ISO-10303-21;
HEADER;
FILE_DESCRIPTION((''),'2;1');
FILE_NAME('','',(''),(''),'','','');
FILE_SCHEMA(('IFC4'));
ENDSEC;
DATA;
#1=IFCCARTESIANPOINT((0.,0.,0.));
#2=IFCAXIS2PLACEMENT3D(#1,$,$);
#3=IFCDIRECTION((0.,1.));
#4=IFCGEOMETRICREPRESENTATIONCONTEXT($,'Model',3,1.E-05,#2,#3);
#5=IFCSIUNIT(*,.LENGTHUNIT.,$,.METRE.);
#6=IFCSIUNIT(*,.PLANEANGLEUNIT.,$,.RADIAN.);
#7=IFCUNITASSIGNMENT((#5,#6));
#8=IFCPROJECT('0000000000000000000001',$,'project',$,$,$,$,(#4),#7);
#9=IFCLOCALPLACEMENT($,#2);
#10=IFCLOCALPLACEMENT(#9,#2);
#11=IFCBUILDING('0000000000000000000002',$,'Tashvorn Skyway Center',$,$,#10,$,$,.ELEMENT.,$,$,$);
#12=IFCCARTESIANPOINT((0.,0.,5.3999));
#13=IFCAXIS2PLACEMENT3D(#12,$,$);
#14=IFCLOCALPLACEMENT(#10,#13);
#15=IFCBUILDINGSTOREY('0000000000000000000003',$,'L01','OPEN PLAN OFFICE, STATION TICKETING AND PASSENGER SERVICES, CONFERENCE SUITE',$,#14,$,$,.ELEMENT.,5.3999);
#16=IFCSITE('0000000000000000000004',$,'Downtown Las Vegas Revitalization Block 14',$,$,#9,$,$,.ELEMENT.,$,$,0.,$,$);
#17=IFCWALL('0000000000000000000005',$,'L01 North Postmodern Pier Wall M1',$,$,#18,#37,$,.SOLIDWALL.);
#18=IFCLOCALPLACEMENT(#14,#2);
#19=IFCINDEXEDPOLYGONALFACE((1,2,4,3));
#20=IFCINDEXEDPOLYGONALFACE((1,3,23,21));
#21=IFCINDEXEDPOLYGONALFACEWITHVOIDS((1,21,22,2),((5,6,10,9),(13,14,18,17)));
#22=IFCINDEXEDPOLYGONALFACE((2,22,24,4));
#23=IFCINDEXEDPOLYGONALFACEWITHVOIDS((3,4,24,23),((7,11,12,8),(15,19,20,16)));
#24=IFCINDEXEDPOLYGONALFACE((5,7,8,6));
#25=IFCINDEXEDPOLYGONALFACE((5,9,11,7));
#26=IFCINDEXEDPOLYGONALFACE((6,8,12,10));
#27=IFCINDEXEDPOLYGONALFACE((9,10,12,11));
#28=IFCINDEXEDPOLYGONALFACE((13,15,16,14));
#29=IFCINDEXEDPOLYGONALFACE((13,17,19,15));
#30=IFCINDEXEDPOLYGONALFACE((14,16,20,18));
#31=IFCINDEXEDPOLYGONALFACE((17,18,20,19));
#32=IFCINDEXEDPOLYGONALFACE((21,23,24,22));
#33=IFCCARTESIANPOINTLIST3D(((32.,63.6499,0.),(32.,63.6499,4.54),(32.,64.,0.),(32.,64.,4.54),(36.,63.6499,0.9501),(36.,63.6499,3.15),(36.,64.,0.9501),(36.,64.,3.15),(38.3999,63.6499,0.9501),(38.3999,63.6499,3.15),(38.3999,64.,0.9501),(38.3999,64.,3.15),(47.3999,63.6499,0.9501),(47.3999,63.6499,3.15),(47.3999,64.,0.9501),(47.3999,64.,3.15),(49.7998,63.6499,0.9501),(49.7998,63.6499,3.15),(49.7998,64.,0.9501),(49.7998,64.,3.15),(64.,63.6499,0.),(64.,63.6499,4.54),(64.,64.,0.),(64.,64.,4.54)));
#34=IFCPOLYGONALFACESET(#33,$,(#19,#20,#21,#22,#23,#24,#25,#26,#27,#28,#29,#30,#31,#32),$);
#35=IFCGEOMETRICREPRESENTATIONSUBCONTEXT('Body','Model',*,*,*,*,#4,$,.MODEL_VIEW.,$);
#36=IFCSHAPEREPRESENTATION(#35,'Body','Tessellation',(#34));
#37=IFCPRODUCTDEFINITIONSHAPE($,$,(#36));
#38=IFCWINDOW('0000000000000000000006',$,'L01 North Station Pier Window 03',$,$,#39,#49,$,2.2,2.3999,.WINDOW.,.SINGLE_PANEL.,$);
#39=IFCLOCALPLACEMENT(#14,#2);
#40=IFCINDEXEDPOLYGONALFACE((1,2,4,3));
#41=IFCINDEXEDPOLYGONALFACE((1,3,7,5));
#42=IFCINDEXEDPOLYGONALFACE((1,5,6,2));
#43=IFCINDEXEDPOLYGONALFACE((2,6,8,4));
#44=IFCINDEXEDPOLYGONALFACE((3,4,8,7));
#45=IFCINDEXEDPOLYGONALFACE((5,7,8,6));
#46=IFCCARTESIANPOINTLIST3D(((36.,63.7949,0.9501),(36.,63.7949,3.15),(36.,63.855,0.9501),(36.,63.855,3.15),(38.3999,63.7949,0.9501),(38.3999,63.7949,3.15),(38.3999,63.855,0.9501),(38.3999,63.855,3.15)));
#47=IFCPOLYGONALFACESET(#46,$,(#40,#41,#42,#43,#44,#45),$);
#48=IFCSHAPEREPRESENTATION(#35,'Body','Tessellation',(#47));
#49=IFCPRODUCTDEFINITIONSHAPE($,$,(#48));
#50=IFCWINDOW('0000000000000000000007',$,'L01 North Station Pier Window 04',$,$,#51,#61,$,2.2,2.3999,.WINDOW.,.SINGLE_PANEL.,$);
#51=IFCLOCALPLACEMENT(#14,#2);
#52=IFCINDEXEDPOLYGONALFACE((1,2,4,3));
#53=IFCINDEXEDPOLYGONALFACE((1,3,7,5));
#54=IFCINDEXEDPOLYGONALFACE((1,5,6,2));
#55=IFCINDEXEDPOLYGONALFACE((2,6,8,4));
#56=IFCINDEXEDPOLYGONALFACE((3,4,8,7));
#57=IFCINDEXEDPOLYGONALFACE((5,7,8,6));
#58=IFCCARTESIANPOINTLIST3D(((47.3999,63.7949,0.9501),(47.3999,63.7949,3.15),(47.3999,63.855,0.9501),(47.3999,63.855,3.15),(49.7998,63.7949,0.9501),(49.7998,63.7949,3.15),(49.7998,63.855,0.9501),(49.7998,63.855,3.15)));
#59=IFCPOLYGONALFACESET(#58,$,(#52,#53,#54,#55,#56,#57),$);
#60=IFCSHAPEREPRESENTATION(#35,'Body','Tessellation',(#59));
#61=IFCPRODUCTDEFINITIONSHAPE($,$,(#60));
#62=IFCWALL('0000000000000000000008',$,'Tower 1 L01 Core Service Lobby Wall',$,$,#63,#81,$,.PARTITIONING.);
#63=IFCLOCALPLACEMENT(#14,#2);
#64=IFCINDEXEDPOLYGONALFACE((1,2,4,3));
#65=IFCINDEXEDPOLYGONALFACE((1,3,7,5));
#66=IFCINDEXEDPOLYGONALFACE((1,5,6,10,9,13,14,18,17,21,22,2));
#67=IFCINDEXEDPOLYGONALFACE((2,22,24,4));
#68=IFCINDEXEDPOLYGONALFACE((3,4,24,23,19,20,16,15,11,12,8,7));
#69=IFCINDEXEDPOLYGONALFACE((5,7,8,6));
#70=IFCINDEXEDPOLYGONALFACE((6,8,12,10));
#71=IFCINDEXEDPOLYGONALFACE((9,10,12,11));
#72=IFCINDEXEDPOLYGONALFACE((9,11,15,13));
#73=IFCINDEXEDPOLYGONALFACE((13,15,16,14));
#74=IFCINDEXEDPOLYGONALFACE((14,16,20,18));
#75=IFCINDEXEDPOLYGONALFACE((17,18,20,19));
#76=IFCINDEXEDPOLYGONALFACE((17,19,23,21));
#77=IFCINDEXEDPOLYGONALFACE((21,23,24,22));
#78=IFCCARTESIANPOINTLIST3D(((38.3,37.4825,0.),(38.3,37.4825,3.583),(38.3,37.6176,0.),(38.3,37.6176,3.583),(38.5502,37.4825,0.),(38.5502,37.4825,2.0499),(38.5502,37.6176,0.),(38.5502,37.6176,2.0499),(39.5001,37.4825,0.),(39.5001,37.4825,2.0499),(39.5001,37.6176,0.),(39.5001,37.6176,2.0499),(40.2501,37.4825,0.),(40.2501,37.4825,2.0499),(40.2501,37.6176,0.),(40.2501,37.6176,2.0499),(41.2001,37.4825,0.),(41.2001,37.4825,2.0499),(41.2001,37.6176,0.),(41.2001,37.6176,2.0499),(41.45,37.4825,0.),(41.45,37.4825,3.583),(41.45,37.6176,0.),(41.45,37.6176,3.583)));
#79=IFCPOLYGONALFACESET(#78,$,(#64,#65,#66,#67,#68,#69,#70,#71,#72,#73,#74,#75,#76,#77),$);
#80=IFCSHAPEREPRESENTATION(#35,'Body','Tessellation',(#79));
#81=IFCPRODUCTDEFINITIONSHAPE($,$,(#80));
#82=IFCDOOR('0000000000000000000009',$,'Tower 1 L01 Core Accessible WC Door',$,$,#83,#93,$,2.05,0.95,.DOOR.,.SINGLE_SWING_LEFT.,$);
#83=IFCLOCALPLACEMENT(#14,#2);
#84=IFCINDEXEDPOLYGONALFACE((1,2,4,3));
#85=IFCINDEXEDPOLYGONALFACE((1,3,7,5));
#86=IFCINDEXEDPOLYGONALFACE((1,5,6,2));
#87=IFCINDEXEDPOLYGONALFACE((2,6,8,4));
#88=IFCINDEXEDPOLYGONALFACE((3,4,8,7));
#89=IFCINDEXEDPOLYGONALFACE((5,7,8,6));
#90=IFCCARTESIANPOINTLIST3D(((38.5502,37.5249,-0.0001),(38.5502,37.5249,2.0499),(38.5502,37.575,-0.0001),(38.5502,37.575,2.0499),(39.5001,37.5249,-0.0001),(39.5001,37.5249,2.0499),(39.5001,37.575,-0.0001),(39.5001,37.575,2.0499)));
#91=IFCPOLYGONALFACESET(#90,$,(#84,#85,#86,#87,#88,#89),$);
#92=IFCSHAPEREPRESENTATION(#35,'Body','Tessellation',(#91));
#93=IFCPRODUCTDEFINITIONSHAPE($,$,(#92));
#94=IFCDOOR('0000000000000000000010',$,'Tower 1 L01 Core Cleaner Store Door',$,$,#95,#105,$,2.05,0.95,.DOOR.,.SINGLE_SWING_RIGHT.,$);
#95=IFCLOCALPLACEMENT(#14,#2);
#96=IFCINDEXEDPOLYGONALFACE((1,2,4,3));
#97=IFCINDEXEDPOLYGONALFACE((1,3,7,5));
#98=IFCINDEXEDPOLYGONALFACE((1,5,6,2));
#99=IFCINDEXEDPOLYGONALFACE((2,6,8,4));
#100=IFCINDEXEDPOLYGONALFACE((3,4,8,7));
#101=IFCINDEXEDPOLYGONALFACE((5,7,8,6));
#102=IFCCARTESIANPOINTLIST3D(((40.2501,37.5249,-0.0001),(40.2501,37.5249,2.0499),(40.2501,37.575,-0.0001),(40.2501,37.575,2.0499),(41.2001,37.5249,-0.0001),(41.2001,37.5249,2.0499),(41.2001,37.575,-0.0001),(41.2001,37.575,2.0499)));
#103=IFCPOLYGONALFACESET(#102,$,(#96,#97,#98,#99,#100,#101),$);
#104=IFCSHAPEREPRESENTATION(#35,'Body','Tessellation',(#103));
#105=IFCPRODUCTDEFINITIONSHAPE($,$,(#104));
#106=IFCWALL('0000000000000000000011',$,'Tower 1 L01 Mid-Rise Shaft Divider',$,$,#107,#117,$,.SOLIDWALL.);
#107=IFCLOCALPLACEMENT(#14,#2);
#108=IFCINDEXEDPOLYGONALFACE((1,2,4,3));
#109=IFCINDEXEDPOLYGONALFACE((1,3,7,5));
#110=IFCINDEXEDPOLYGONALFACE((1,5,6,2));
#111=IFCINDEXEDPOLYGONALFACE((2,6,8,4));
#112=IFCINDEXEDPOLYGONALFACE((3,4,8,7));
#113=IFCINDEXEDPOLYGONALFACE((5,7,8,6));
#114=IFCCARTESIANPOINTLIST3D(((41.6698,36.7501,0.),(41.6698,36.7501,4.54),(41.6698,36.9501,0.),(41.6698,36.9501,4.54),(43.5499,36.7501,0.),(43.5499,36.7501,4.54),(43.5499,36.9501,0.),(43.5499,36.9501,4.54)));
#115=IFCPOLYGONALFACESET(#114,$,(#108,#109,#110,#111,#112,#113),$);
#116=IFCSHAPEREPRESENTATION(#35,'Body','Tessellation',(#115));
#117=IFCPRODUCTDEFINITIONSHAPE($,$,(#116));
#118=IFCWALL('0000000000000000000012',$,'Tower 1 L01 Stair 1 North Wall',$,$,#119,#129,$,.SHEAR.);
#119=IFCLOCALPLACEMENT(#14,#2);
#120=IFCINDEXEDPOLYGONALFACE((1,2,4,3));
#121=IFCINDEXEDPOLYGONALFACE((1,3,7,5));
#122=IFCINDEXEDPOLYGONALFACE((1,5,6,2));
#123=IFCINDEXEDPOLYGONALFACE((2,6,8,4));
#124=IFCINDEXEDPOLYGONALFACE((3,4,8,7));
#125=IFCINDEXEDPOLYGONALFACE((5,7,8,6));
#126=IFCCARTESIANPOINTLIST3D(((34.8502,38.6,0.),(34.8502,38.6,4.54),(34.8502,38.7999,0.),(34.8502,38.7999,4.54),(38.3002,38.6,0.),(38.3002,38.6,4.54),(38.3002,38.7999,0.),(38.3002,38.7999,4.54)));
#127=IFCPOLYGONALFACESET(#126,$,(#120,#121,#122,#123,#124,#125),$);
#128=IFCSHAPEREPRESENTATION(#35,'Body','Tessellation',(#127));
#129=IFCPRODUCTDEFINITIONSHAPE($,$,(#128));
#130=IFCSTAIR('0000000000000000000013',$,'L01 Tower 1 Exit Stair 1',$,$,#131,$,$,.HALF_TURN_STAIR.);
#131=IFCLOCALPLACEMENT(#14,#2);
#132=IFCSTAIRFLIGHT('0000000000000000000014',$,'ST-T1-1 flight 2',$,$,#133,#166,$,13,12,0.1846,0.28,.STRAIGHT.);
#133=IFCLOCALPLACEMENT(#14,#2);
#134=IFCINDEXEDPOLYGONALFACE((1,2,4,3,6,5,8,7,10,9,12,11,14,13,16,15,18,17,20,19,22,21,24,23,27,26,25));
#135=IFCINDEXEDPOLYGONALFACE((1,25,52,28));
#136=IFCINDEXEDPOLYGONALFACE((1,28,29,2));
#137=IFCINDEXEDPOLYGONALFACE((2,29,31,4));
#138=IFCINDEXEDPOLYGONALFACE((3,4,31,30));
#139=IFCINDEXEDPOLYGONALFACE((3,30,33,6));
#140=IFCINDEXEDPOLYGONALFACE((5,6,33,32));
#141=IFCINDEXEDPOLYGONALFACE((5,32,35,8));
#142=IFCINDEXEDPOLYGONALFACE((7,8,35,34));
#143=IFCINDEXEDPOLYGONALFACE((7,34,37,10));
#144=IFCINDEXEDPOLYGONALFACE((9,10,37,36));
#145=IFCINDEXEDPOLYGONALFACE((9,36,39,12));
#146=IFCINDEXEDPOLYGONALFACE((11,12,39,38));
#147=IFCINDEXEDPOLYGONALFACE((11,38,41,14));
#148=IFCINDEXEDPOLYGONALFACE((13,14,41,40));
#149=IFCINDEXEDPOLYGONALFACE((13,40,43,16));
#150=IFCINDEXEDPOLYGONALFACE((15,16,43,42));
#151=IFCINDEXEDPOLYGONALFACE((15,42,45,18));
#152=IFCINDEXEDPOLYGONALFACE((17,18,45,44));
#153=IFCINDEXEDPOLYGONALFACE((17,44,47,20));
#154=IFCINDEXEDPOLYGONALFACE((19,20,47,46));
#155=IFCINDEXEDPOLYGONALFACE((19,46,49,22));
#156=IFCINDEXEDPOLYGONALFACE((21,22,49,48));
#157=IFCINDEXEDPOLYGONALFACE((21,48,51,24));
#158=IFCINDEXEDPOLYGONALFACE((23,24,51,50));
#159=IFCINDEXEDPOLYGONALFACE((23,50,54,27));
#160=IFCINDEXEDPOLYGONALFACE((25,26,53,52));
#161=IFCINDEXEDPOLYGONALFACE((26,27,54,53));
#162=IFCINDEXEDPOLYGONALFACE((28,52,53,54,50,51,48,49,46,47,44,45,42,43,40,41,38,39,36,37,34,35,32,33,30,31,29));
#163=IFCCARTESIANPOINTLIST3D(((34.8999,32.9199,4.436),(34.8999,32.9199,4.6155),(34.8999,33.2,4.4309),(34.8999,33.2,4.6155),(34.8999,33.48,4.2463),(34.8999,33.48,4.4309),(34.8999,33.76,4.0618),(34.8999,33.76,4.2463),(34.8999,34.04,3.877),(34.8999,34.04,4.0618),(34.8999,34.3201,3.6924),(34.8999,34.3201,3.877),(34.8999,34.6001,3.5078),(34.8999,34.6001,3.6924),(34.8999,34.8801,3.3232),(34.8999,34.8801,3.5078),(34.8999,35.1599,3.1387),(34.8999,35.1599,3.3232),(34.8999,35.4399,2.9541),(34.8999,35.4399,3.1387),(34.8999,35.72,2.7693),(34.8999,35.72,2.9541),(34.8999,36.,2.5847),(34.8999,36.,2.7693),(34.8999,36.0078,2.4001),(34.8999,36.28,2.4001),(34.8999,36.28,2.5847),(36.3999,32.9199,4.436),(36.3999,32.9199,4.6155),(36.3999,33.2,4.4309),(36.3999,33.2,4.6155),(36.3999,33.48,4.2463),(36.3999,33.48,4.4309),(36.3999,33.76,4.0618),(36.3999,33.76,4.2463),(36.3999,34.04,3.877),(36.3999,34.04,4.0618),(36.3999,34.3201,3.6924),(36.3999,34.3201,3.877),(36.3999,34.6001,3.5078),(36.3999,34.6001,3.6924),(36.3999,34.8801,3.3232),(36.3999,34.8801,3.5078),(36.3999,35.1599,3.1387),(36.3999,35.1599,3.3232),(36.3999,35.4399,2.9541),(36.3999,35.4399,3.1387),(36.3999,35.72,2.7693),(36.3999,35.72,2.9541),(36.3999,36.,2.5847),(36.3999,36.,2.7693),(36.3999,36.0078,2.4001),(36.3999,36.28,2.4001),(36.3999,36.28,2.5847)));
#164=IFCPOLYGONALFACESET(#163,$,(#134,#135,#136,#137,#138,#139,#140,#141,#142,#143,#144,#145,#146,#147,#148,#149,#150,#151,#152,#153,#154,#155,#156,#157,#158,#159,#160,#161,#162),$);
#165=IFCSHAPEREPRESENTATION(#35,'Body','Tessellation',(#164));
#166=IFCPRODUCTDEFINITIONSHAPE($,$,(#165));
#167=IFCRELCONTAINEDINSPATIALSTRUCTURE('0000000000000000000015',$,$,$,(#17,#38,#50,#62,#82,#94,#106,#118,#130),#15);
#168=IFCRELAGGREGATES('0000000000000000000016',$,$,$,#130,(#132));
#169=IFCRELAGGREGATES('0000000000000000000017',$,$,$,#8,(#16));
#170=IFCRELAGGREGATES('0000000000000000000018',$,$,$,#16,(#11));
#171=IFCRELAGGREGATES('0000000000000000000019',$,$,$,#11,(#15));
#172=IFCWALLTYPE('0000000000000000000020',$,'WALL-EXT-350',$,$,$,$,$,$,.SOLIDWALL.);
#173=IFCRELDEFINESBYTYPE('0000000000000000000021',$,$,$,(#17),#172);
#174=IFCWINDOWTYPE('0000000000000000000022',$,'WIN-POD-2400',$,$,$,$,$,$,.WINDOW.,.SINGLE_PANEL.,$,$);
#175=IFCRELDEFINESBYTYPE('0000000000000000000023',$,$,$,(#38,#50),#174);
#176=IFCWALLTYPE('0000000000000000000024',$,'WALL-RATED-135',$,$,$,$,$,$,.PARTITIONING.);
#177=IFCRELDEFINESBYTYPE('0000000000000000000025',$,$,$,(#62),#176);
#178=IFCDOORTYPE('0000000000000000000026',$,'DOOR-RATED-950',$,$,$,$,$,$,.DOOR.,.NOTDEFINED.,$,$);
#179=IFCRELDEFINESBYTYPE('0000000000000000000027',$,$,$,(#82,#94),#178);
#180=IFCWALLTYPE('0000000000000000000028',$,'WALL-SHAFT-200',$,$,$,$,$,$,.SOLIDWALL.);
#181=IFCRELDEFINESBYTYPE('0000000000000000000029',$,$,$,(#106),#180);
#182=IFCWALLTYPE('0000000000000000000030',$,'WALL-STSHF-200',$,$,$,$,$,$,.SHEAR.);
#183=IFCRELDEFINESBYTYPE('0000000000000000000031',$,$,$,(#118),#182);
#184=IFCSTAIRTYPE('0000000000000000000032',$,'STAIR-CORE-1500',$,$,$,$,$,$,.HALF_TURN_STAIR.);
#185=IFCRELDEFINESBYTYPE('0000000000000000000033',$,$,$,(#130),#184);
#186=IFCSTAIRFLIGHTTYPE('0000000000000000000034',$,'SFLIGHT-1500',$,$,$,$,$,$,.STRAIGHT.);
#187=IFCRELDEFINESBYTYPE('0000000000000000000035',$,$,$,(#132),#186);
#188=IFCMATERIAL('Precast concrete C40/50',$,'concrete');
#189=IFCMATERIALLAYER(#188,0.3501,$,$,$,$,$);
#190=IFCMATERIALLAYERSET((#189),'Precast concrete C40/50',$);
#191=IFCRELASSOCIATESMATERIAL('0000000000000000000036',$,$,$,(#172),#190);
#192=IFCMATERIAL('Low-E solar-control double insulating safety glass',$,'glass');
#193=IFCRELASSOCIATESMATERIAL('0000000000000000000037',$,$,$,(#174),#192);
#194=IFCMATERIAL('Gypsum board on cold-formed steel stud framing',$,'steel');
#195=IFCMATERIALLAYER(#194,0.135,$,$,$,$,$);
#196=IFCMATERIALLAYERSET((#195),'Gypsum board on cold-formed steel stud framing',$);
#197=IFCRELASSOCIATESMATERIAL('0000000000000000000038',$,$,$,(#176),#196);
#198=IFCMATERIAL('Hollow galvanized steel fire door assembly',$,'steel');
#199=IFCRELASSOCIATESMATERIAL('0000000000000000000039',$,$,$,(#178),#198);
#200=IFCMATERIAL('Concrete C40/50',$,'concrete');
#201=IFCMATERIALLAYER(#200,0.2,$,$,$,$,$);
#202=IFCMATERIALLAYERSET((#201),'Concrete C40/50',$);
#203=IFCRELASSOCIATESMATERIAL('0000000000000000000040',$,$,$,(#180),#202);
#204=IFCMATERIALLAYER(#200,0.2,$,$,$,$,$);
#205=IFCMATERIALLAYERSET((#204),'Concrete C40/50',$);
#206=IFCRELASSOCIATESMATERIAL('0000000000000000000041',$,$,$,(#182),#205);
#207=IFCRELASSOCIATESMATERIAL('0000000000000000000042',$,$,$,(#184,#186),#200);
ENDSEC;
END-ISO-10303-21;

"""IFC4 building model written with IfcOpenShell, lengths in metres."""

from ifc_helpers import new_model, si_unit, direction, frame, frame_2d, origin, place, context, subcontext, project, spatial, polyline, rectangle, outline, extrude, material, layer, layer_set, type_object, element, fill, aggregate, save


model = new_model("IFC4")

# Units and contexts
model_context = context("Model", 3, precision=1e-05, world=origin(), true_north=direction((0.0, 1.0)))
body_context = subcontext(model_context, "Body", "Model", "MODEL_VIEW")
ifc_project = project(units=[si_unit("LENGTHUNIT", "METRE"), si_unit("PLANEANGLEUNIT", "RADIAN")], contexts=[model_context])

# Site, building, storey
site_placement = place(None, origin())
site = spatial("IfcSite", under=ifc_project, at=site_placement, Name="Downtown Las Vegas Revitalization Block 14", CompositionType="ELEMENT", RefElevation=0.0)
building_placement = place(site_placement, origin())
building = spatial("IfcBuilding", under=site, at=building_placement, Name="Tashvorn Skyway Center", CompositionType="ELEMENT")
storey_placement = place(building_placement, frame((0.0, 0.0, 5.3999)))
storey = spatial("IfcBuildingStorey", under=building, at=storey_placement, Name="L01", Description="OPEN PLAN OFFICE, STATION TICKETING AND PASSENGER SERVICES, CONFERENCE SUITE", CompositionType="ELEMENT", Elevation=5.3999)

# Shared definitions
ifc_material_1 = material(Name="Precast concrete C40/50", Category="concrete")

# Shared definitions
ifc_material_2 = material(Name="Hollow galvanized steel fire door assembly", Category="steel")

# Wall, openings, windows
ifc_layer_1 = layer(ifc_material_1, 0.3501)
ifc_layer_set_1 = layer_set([ifc_layer_1], Name="Precast concrete C40/50")
wall_type_1 = type_object("IfcWallType", Name="WALL-EXT-350", PredefinedType="SOLIDWALL", material=ifc_layer_set_1)
wall_1_placement = place(storey_placement, frame((32.0, 63.825, 0.0), z_axis=(0.0, 0.0, 1.0), x_axis=(1.0, 0.0, 0.0)))
wall_1 = element("IfcWall", 1, at=wall_1_placement, inside=storey, type_object=wall_type_1, Name="L01 North Postmodern Pier Wall M1", PredefinedType="SOLIDWALL", context=body_context, shape_type="SweptSolid", body=[
    extrude(rectangle(XDim=32.0, YDim=0.3501, at=frame_2d((16.0, 0.0))), origin(), (0.0, 0.0, 1.0), 4.54),
])
opening_1_placement = place(wall_1_placement, frame((4.0, 0.0, 0.95)))
opening_1 = element("IfcOpeningElement", 2, at=opening_1_placement, cuts=wall_1, PredefinedType="OPENING", context=body_context, shape_type="SweptSolid", body=[
    extrude(rectangle(XDim=2.3999, YDim=2.2, at=frame_2d((1.2, 1.1001))), frame((0.0, 0.1851, 0.0), z_axis=(0.0, -1.0, 0.0), x_axis=(1.0, 0.0, 0.0)), (0.0, 0.0, 1.0), 0.3701),
])
opening_2_placement = place(wall_1_placement, frame((15.3999, 0.0, 0.95)))
opening_2 = element("IfcOpeningElement", 3, at=opening_2_placement, cuts=wall_1, PredefinedType="OPENING", context=body_context, shape_type="SweptSolid", body=[
    extrude(rectangle(XDim=2.3999, YDim=2.2, at=frame_2d((1.2, 1.1001))), frame((0.0, 0.1851, 0.0), z_axis=(0.0, -1.0, 0.0), x_axis=(1.0, 0.0, 0.0)), (0.0, 0.0, 1.0), 0.3701),
])
ifc_material_3 = material(Name="Low-E solar-control double insulating safety glass", Category="glass")
window_type = type_object("IfcWindowType", Name="WIN-POD-2400", PartitioningType="SINGLE_PANEL", PredefinedType="WINDOW", material=ifc_material_3)
window_1_placement = place(opening_1_placement, origin())
window_1 = element("IfcWindow", 4, at=window_1_placement, inside=storey, type_object=window_type, Name="L01 North Station Pier Window 03", OverallHeight=2.2, OverallWidth=2.3999, PartitioningType="SINGLE_PANEL", PredefinedType="WINDOW", context=body_context, shape_type="SweptSolid", body=[
    extrude(rectangle(XDim=2.3999, YDim=2.2, at=frame_2d((1.2, 1.1001))), frame((0.0, 0.03, 0.0), z_axis=(0.0, -1.0, 0.0), x_axis=(1.0, 0.0, 0.0)), (0.0, 0.0, 1.0), 0.0601),
])
fill(opening_1, window_1)
window_2_placement = place(opening_2_placement, origin())
window_2 = element("IfcWindow", 5, at=window_2_placement, inside=storey, type_object=window_type, Name="L01 North Station Pier Window 04", OverallHeight=2.2, OverallWidth=2.3999, PartitioningType="SINGLE_PANEL", PredefinedType="WINDOW", context=body_context, shape_type="SweptSolid", body=[
    extrude(rectangle(XDim=2.3999, YDim=2.2, at=frame_2d((1.2, 1.1001))), frame((0.0, 0.03, 0.0), z_axis=(0.0, -1.0, 0.0), x_axis=(1.0, 0.0, 0.0)), (0.0, 0.0, 1.0), 0.0601),
])
fill(opening_2, window_2)

# Wall, openings, doors
ifc_material_4 = material(Name="Gypsum board on cold-formed steel stud framing", Category="steel")
ifc_layer_2 = layer(ifc_material_4, 0.135)
ifc_layer_set_2 = layer_set([ifc_layer_2], Name="Gypsum board on cold-formed steel stud framing")
wall_type_2 = type_object("IfcWallType", Name="WALL-RATED-135", PredefinedType="PARTITIONING", material=ifc_layer_set_2)
wall_2_placement = place(storey_placement, frame((38.3, 37.55, 0.0), z_axis=(0.0, 0.0, 1.0), x_axis=(1.0, 0.0, 0.0)))
wall_2 = element("IfcWall", 6, at=wall_2_placement, inside=storey, type_object=wall_type_2, Name="Tower 1 L01 Core Service Lobby Wall", PredefinedType="PARTITIONING", context=body_context, shape_type="SweptSolid", body=[
    extrude(rectangle(XDim=3.1499, YDim=0.135, at=frame_2d((1.575, 0.0))), origin(), (0.0, 0.0, 1.0), 3.583),
])
opening_3_placement = place(wall_2_placement, frame((0.25, 0.0, 0.0)))
opening_3 = element("IfcOpeningElement", 7, at=opening_3_placement, cuts=wall_2, PredefinedType="OPENING", context=body_context, shape_type="SweptSolid", body=[
    extrude(rectangle(XDim=0.95, YDim=2.05, at=frame_2d((0.4751, 1.0249))), frame((0.0, 0.0774, 0.0), z_axis=(0.0, -1.0, 0.0), x_axis=(1.0, 0.0, 0.0)), (0.0, 0.0, 1.0), 0.155),
])
opening_4_placement = place(wall_2_placement, frame((1.95, 0.0, 0.0)))
opening_4 = element("IfcOpeningElement", 8, at=opening_4_placement, cuts=wall_2, PredefinedType="OPENING", context=body_context, shape_type="SweptSolid", body=[
    extrude(rectangle(XDim=0.95, YDim=2.05, at=frame_2d((0.4751, 1.0249))), frame((0.0, 0.0774, 0.0), z_axis=(0.0, -1.0, 0.0), x_axis=(1.0, 0.0, 0.0)), (0.0, 0.0, 1.0), 0.155),
])
door_type_1 = type_object("IfcDoorType", Name="DOOR-RATED-950", OperationType="NOTDEFINED", PredefinedType="DOOR", material=ifc_material_2)
door_1_placement = place(opening_3_placement, origin())
door_1 = element("IfcDoor", 9, at=door_1_placement, inside=storey, type_object=door_type_1, Name="Tower 1 L01 Core Accessible WC Door", OperationType="SINGLE_SWING_LEFT", OverallHeight=2.05, OverallWidth=0.95, PredefinedType="DOOR", context=body_context, shape_type="SweptSolid", body=[
    extrude(rectangle(XDim=0.95, YDim=2.05, at=frame_2d((0.4751, 1.0249))), frame((0.0, 0.0249, 0.0), z_axis=(0.0, -1.0, 0.0), x_axis=(1.0, 0.0, 0.0)), (0.0, 0.0, 1.0), 0.05),
])
fill(opening_3, door_1)
door_2_placement = place(opening_4_placement, origin())
door_2 = element("IfcDoor", 10, at=door_2_placement, inside=storey, type_object=door_type_1, Name="Tower 1 L01 Core Cleaner Store Door", OperationType="SINGLE_SWING_RIGHT", OverallHeight=2.05, OverallWidth=0.95, PredefinedType="DOOR", context=body_context, shape_type="SweptSolid", body=[
    extrude(rectangle(XDim=0.95, YDim=2.05, at=frame_2d((0.4751, 1.0249))), frame((0.0, 0.0249, 0.0), z_axis=(0.0, -1.0, 0.0), x_axis=(1.0, 0.0, 0.0)), (0.0, 0.0, 1.0), 0.05),
])
fill(opening_4, door_2)

# Walls
ifc_material_5 = material(Name="Concrete C40/50", Category="concrete")
ifc_layer_3 = layer(ifc_material_5, 0.2)
ifc_layer_set_3 = layer_set([ifc_layer_3], Name="Concrete C40/50")
wall_type_3 = type_object("IfcWallType", Name="WALL-SHAFT-200", PredefinedType="SOLIDWALL", material=ifc_layer_set_3)
wall_3_placement = place(storey_placement, frame((41.6699, 36.8501, 0.0), z_axis=(0.0, 0.0, 1.0), x_axis=(1.0, 0.0, 0.0)))
element("IfcWall", 11, at=wall_3_placement, inside=storey, type_object=wall_type_3, Name="Tower 1 L01 Mid-Rise Shaft Divider", PredefinedType="SOLIDWALL", context=body_context, shape_type="SweptSolid", body=[
    extrude(rectangle(XDim=1.8801, YDim=0.2, at=frame_2d((0.9399, 0.0))), origin(), (0.0, 0.0, 1.0), 4.54),
])
ifc_layer_4 = layer(ifc_material_5, 0.2)
ifc_layer_set_4 = layer_set([ifc_layer_4], Name="Concrete C40/50")
wall_type_4 = type_object("IfcWallType", Name="WALL-STSHF-200", PredefinedType="SHEAR", material=ifc_layer_set_4)
wall_4_placement = place(storey_placement, frame((34.8501, 38.7, 0.0), z_axis=(0.0, 0.0, 1.0), x_axis=(1.0, 0.0, 0.0)))
element("IfcWall", 12, at=wall_4_placement, inside=storey, type_object=wall_type_4, Name="Tower 1 L01 Stair 1 North Wall", PredefinedType="SHEAR", context=body_context, shape_type="SweptSolid", body=[
    extrude(rectangle(XDim=3.45, YDim=0.2, at=frame_2d((1.7251, 0.0))), origin(), (0.0, 0.0, 1.0), 4.54),
])

# Stair, stair flight
stair_type = type_object("IfcStairType", Name="STAIR-CORE-1500", PredefinedType="HALF_TURN_STAIR", material=ifc_material_5)
stair_placement = place(storey_placement, origin())
stair = element("IfcStair", 13, at=stair_placement, inside=storey, type_object=stair_type, Name="L01 Tower 1 Exit Stair 1", PredefinedType="HALF_TURN_STAIR")
stair_flight_type = type_object("IfcStairFlightType", Name="SFLIGHT-1500", PredefinedType="STRAIGHT", material=ifc_material_5)
stair_flight_placement = place(storey_placement, frame((35.6499, 36.28, 2.4001), z_axis=(0.0, 0.0, 1.0), x_axis=(0.0, -1.0, 0.0)))
stair_flight = element("IfcStairFlight", 14, at=stair_flight_placement, type_object=stair_flight_type, Name="ST-T1-1 flight 2", NumberOfRisers=13, NumberOfTreads=12, PredefinedType="STRAIGHT", RiserHeight=0.1846, TreadLength=0.28, context=body_context, shape_type="SweptSolid", body=[
    extrude(outline(polyline([(0.0, 0.0), (0.0, 0.1846), (0.28, 0.1846), (0.28, 0.3691), (0.5601, 0.3691), (0.5601, 0.554), (0.8401, 0.554), (0.8401, 0.7385), (1.1201, 0.7385), (1.1201, 0.9231), (1.3999, 0.9231), (1.3999, 1.1077), (1.6799, 1.1077), (1.6799, 1.2922), (1.96, 1.2922), (1.96, 1.4768), (2.24, 1.4768), (2.24, 1.6616), (2.52, 1.6616), (2.52, 1.8462), (2.8, 1.8462), (2.8, 2.0308), (3.0801, 2.0308), (3.0801, 2.2153), (3.3601, 2.2153), (3.3601, 2.3999), (3.3601, 2.0359), (0.2722, 0.0), (0.0, 0.0)])), frame((0.0, 0.75, 0.0), z_axis=(0.0, -1.0, 0.0), x_axis=(1.0, 0.0, 0.0)), (0.0, 0.0, 1.0), 1.5),
])
aggregate(stair, [stair_flight])

save(model, "model.ifc")
